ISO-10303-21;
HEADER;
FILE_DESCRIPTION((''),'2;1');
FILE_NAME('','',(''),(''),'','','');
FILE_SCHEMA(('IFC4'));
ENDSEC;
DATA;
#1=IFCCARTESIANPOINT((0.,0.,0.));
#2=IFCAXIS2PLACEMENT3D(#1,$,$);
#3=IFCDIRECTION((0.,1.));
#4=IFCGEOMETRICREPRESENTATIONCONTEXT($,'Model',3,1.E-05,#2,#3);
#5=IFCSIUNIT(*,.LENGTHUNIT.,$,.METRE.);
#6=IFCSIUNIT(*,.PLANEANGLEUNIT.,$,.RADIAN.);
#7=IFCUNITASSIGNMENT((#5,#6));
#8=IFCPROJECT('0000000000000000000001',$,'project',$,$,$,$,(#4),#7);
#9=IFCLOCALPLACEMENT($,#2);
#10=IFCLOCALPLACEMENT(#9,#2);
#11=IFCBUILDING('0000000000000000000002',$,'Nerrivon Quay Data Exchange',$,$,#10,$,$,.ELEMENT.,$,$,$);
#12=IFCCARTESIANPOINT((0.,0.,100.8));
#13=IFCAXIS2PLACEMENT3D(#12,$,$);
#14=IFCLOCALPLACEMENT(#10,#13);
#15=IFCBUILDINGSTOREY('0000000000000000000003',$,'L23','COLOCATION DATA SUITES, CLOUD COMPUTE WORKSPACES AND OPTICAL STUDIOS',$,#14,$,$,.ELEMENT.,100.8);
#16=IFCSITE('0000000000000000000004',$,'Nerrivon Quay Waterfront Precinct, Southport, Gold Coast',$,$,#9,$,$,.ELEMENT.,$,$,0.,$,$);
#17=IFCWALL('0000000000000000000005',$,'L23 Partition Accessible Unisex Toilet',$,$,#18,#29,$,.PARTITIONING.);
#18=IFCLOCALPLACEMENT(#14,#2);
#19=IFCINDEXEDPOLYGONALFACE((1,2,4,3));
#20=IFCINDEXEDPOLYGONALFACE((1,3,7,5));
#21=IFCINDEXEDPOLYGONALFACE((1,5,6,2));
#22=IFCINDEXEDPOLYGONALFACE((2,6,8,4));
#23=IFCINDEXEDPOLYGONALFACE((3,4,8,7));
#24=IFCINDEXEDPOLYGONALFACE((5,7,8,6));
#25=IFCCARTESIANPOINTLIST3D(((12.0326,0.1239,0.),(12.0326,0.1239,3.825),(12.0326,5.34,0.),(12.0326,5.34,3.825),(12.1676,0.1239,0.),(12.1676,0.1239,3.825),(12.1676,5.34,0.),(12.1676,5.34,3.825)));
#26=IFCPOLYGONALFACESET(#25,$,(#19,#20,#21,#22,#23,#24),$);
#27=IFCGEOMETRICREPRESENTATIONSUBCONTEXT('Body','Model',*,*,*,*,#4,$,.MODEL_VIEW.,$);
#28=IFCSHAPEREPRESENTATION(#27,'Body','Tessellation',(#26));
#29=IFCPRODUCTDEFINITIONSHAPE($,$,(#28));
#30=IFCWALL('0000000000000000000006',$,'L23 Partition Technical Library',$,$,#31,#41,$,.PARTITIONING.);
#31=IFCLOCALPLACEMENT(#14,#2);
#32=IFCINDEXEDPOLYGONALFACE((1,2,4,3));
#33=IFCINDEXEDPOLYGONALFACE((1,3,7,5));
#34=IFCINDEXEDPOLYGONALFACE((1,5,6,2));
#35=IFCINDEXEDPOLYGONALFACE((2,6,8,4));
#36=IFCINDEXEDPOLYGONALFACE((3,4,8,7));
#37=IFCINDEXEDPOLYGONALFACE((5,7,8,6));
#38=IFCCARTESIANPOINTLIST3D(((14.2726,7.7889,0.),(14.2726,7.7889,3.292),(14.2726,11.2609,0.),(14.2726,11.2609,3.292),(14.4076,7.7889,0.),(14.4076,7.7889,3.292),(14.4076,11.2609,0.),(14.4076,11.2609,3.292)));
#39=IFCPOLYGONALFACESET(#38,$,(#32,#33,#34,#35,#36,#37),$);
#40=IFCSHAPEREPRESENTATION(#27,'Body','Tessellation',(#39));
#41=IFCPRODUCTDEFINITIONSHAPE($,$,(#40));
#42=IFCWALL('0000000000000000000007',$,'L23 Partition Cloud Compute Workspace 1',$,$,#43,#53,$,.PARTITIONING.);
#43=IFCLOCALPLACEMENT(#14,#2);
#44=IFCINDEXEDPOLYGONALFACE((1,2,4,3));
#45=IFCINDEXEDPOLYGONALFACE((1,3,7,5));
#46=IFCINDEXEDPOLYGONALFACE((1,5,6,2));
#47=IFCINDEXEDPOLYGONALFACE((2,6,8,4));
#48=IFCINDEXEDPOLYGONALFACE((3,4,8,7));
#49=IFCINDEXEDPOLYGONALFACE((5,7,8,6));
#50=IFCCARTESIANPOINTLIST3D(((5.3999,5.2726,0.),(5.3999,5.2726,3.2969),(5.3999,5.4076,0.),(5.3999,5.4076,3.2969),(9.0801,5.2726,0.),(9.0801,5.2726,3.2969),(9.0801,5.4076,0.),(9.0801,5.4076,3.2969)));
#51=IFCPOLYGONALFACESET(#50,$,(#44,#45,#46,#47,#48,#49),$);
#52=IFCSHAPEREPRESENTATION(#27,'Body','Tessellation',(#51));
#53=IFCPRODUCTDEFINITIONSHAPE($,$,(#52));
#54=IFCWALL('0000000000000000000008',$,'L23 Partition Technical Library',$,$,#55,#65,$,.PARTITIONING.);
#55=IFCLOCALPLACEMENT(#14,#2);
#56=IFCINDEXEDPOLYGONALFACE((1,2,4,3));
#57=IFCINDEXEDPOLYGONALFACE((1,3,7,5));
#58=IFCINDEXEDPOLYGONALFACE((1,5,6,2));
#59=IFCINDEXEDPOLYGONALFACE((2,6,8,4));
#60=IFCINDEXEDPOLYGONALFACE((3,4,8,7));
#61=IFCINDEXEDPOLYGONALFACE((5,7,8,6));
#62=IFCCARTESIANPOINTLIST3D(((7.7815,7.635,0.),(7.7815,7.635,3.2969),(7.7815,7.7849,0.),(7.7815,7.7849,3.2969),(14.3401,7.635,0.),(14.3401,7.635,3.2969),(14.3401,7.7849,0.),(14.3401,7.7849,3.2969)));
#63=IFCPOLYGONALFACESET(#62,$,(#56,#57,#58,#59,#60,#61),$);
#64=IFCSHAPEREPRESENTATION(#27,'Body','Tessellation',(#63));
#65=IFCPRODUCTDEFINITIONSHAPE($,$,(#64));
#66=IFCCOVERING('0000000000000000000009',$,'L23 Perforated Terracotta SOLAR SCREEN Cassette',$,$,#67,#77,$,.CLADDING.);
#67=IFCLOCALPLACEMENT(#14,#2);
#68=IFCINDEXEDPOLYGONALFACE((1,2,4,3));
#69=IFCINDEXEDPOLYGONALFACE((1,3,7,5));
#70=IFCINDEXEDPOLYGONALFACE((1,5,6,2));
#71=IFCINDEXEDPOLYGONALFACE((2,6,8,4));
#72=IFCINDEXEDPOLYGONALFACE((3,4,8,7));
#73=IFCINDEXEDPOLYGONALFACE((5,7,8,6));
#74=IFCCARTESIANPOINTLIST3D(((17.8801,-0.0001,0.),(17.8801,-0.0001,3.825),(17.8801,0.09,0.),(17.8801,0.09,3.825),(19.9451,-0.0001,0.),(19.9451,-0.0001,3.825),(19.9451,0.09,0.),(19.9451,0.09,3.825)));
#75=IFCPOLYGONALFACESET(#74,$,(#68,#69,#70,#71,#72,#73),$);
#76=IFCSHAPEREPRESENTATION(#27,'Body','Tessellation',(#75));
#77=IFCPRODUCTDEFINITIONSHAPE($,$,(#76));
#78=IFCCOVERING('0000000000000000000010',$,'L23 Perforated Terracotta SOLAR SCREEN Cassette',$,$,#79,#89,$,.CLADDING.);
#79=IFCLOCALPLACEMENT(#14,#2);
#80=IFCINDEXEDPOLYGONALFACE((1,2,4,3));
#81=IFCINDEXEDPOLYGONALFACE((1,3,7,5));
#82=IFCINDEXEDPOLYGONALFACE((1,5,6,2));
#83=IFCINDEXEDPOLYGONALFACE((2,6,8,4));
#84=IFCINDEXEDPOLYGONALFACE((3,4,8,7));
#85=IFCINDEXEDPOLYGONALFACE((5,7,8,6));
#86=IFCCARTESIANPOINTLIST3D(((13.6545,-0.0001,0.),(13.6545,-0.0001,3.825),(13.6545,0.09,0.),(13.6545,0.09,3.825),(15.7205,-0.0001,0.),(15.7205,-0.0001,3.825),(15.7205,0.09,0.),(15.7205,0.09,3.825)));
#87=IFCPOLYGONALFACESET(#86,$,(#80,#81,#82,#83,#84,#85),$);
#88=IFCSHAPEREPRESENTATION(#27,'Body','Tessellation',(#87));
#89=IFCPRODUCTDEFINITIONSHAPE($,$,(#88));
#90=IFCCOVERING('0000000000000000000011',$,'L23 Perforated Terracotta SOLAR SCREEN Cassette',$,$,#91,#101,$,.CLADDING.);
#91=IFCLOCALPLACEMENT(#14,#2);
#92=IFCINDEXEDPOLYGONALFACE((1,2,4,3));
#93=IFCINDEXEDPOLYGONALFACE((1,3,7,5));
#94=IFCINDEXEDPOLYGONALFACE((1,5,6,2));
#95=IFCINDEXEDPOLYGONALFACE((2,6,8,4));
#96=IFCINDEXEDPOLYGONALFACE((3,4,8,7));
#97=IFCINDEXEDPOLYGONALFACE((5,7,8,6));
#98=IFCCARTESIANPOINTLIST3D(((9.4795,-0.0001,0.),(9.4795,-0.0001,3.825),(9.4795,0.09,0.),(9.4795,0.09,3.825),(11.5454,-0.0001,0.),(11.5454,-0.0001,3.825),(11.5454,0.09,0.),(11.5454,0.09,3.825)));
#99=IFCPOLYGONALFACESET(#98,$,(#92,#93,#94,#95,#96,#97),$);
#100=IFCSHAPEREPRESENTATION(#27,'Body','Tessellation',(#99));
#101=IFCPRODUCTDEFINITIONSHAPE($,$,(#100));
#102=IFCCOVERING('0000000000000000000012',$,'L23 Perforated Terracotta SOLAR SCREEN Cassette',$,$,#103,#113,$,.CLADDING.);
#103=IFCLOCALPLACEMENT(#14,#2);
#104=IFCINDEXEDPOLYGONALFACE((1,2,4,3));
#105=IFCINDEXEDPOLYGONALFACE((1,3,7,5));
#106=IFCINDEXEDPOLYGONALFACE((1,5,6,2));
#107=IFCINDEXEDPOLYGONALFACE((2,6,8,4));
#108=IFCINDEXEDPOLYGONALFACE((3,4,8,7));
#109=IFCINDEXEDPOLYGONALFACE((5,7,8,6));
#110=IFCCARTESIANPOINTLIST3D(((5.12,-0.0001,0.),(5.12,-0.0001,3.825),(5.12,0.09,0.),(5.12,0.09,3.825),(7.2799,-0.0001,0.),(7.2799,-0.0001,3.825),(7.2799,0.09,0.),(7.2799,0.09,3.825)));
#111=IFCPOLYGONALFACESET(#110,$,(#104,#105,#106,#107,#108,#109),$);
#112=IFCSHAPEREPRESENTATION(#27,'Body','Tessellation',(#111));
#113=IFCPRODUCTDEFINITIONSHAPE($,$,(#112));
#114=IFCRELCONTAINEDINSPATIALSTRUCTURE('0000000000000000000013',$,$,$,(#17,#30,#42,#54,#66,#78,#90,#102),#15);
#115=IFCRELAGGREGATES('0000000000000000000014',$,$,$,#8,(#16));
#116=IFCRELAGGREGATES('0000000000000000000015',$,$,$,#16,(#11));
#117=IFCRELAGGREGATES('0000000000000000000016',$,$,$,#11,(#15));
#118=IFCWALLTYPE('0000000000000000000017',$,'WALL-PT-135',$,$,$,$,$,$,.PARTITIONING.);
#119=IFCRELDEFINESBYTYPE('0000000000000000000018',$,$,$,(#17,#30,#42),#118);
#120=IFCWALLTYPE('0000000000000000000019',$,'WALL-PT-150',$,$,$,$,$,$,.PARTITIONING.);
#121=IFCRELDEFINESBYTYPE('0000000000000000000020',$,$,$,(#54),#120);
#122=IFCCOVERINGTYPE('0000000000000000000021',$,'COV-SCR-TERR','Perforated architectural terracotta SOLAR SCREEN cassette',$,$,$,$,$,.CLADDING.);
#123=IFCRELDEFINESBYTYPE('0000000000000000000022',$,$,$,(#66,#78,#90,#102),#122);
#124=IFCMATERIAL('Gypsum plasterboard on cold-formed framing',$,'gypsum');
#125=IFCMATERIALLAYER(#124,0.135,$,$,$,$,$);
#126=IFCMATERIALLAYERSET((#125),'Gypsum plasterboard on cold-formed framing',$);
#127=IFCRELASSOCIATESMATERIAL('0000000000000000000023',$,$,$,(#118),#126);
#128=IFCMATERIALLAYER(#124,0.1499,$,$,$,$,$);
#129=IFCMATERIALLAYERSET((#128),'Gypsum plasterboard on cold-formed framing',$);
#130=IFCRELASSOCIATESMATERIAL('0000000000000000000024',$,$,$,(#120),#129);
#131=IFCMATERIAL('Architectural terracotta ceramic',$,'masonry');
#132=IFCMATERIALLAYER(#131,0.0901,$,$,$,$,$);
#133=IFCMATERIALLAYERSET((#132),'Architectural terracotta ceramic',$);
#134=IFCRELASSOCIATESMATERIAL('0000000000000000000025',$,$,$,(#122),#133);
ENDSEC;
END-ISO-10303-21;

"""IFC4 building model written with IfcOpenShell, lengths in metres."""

from ifc_helpers import new_model, si_unit, direction, frame, frame_2d, origin, origin_2d, place, context, subcontext, project, spatial, rectangle, extrude, material, layer, layer_set, type_object, element, save


model = new_model("IFC4")

# Units and contexts
model_context = context("Model", 3, precision=1e-05, world=origin(), true_north=direction((0.0, 1.0)))
body_context = subcontext(model_context, "Body", "Model", "MODEL_VIEW")
ifc_project = project(units=[si_unit("LENGTHUNIT", "METRE"), si_unit("PLANEANGLEUNIT", "RADIAN")], contexts=[model_context])

# Site, building, storey
site_placement = place(None, origin())
site = spatial("IfcSite", under=ifc_project, at=site_placement, Name="Nerrivon Quay Waterfront Precinct, Southport, Gold Coast", CompositionType="ELEMENT", RefElevation=0.0)
building_placement = place(site_placement, origin())
building = spatial("IfcBuilding", under=site, at=building_placement, Name="Nerrivon Quay Data Exchange", CompositionType="ELEMENT")
storey_placement = place(building_placement, frame((0.0, 0.0, 100.8)))
storey = spatial("IfcBuildingStorey", under=building, at=storey_placement, Name="L23", Description="COLOCATION DATA SUITES, CLOUD COMPUTE WORKSPACES AND OPTICAL STUDIOS", CompositionType="ELEMENT", Elevation=100.8)

# Shared definitions
ifc_material_1 = material(Name="Gypsum plasterboard on cold-formed framing", Category="gypsum")

# Walls
ifc_layer_1 = layer(ifc_material_1, 0.135)
ifc_layer_set_1 = layer_set([ifc_layer_1], Name="Gypsum plasterboard on cold-formed framing")
wall_type_1 = type_object("IfcWallType", Name="WALL-PT-135", PredefinedType="PARTITIONING", material=ifc_layer_set_1)
for number, where, z_axis, x_axis, name in (
    (1, (12.1001, 0.124, 0.0), (0.0, 0.0, 1.0), (0.0, 1.0, 0.0), "L23 Partition Accessible Unisex Toilet"),
):
    element("IfcWall", number, at=place(storey_placement, frame(where, z_axis=z_axis, x_axis=x_axis)), inside=storey, type_object=wall_type_1, Name=name, PredefinedType="PARTITIONING", context=body_context, shape_type="SweptSolid", body=[
        extrude(rectangle(XDim=5.2161, YDim=0.135, at=frame_2d((2.6079, 0.0))), origin(), (0.0, 0.0, 1.0), 3.825),
    ])
wall_1_placement = place(storey_placement, frame((14.3401, 7.7891, 0.0), z_axis=(0.0, 0.0, 1.0), x_axis=(0.0, 1.0, 0.0)))
element("IfcWall", 2, at=wall_1_placement, inside=storey, type_object=wall_type_1, Name="L23 Partition Technical Library", PredefinedType="PARTITIONING", context=body_context, shape_type="SweptSolid", body=[
    extrude(rectangle(XDim=3.4719, YDim=0.135, at=frame_2d((1.7358, 0.0))), origin(), (0.0, 0.0, 1.0), 3.292),
])
wall_2_placement = place(storey_placement, frame((9.0801, 5.3401, 0.0), z_axis=(0.0, 0.0, 1.0), x_axis=(-1.0, 0.0, 0.0)))
element("IfcWall", 3, at=wall_2_placement, inside=storey, type_object=wall_type_1, Name="L23 Partition Cloud Compute Workspace 1", PredefinedType="PARTITIONING", context=body_context, shape_type="SweptSolid", body=[
    extrude(rectangle(XDim=3.6802, YDim=0.135, at=frame_2d((1.8401, 0.0))), origin(), (0.0, 0.0, 1.0), 3.2969),
])
ifc_layer_2 = layer(ifc_material_1, 0.1499)
ifc_layer_set_2 = layer_set([ifc_layer_2], Name="Gypsum plasterboard on cold-formed framing")
wall_type_2 = type_object("IfcWallType", Name="WALL-PT-150", PredefinedType="PARTITIONING", material=ifc_layer_set_2)
wall_3_placement = place(storey_placement, frame((7.7815, 7.71, 0.0), z_axis=(0.0, 0.0, 1.0), x_axis=(1.0, 0.0, 0.0)))
element("IfcWall", 4, at=wall_3_placement, inside=storey, type_object=wall_type_2, Name="L23 Partition Technical Library", PredefinedType="PARTITIONING", context=body_context, shape_type="SweptSolid", body=[
    extrude(rectangle(XDim=6.5586, YDim=0.1499, at=frame_2d((3.2793, 0.0))), origin(), (0.0, 0.0, 1.0), 3.2969),
])

# Coverings
ifc_material_2 = material(Name="Architectural terracotta ceramic", Category="masonry")
ifc_layer_3 = layer(ifc_material_2, 0.0901)
ifc_layer_set_3 = layer_set([ifc_layer_3], Name="Architectural terracotta ceramic")
covering_type = type_object("IfcCoveringType", Name="COV-SCR-TERR", Description="Perforated architectural terracotta SOLAR SCREEN cassette", PredefinedType="CLADDING", material=ifc_layer_set_3)
covering_1_placement = place(storey_placement, frame((18.9126, 0.0449, 0.0), z_axis=(0.0, 0.0, 1.0), x_axis=(-1.0, 0.0, 0.0)))
element("IfcCovering", 5, at=covering_1_placement, inside=storey, type_object=covering_type, Name="L23 Perforated Terracotta SOLAR SCREEN Cassette", PredefinedType="CLADDING", context=body_context, shape_type="SweptSolid", body=[
    extrude(rectangle(XDim=2.0649, YDim=0.0901, at=origin_2d()), origin(), (0.0, 0.0, 1.0), 3.825),
])
for number, where, z_axis, x_axis, name in (
    (6, (14.6875, 0.0449, 0.0), (0.0, 0.0, 1.0), (-1.0, 0.0, 0.0), "L23 Perforated Terracotta SOLAR SCREEN Cassette"),
    (7, (10.5125, 0.0449, 0.0), (0.0, 0.0, 1.0), (-1.0, 0.0, 0.0), "L23 Perforated Terracotta SOLAR SCREEN Cassette"),
):
    element("IfcCovering", number, at=place(storey_placement, frame(where, z_axis=z_axis, x_axis=x_axis)), inside=storey, type_object=covering_type, Name=name, PredefinedType="CLADDING", context=body_context, shape_type="SweptSolid", body=[
        extrude(rectangle(XDim=2.0659, YDim=0.0901, at=origin_2d()), origin(), (0.0, 0.0, 1.0), 3.825),
    ])
covering_2_placement = place(storey_placement, frame((6.2, 0.0449, 0.0), z_axis=(0.0, 0.0, 1.0), x_axis=(-1.0, 0.0, 0.0)))
element("IfcCovering", 8, at=covering_2_placement, inside=storey, type_object=covering_type, Name="L23 Perforated Terracotta SOLAR SCREEN Cassette", PredefinedType="CLADDING", context=body_context, shape_type="SweptSolid", body=[
    extrude(rectangle(XDim=2.1599, YDim=0.0901, at=origin_2d()), origin(), (0.0, 0.0, 1.0), 3.825),
])

save(model, "model.ifc")
